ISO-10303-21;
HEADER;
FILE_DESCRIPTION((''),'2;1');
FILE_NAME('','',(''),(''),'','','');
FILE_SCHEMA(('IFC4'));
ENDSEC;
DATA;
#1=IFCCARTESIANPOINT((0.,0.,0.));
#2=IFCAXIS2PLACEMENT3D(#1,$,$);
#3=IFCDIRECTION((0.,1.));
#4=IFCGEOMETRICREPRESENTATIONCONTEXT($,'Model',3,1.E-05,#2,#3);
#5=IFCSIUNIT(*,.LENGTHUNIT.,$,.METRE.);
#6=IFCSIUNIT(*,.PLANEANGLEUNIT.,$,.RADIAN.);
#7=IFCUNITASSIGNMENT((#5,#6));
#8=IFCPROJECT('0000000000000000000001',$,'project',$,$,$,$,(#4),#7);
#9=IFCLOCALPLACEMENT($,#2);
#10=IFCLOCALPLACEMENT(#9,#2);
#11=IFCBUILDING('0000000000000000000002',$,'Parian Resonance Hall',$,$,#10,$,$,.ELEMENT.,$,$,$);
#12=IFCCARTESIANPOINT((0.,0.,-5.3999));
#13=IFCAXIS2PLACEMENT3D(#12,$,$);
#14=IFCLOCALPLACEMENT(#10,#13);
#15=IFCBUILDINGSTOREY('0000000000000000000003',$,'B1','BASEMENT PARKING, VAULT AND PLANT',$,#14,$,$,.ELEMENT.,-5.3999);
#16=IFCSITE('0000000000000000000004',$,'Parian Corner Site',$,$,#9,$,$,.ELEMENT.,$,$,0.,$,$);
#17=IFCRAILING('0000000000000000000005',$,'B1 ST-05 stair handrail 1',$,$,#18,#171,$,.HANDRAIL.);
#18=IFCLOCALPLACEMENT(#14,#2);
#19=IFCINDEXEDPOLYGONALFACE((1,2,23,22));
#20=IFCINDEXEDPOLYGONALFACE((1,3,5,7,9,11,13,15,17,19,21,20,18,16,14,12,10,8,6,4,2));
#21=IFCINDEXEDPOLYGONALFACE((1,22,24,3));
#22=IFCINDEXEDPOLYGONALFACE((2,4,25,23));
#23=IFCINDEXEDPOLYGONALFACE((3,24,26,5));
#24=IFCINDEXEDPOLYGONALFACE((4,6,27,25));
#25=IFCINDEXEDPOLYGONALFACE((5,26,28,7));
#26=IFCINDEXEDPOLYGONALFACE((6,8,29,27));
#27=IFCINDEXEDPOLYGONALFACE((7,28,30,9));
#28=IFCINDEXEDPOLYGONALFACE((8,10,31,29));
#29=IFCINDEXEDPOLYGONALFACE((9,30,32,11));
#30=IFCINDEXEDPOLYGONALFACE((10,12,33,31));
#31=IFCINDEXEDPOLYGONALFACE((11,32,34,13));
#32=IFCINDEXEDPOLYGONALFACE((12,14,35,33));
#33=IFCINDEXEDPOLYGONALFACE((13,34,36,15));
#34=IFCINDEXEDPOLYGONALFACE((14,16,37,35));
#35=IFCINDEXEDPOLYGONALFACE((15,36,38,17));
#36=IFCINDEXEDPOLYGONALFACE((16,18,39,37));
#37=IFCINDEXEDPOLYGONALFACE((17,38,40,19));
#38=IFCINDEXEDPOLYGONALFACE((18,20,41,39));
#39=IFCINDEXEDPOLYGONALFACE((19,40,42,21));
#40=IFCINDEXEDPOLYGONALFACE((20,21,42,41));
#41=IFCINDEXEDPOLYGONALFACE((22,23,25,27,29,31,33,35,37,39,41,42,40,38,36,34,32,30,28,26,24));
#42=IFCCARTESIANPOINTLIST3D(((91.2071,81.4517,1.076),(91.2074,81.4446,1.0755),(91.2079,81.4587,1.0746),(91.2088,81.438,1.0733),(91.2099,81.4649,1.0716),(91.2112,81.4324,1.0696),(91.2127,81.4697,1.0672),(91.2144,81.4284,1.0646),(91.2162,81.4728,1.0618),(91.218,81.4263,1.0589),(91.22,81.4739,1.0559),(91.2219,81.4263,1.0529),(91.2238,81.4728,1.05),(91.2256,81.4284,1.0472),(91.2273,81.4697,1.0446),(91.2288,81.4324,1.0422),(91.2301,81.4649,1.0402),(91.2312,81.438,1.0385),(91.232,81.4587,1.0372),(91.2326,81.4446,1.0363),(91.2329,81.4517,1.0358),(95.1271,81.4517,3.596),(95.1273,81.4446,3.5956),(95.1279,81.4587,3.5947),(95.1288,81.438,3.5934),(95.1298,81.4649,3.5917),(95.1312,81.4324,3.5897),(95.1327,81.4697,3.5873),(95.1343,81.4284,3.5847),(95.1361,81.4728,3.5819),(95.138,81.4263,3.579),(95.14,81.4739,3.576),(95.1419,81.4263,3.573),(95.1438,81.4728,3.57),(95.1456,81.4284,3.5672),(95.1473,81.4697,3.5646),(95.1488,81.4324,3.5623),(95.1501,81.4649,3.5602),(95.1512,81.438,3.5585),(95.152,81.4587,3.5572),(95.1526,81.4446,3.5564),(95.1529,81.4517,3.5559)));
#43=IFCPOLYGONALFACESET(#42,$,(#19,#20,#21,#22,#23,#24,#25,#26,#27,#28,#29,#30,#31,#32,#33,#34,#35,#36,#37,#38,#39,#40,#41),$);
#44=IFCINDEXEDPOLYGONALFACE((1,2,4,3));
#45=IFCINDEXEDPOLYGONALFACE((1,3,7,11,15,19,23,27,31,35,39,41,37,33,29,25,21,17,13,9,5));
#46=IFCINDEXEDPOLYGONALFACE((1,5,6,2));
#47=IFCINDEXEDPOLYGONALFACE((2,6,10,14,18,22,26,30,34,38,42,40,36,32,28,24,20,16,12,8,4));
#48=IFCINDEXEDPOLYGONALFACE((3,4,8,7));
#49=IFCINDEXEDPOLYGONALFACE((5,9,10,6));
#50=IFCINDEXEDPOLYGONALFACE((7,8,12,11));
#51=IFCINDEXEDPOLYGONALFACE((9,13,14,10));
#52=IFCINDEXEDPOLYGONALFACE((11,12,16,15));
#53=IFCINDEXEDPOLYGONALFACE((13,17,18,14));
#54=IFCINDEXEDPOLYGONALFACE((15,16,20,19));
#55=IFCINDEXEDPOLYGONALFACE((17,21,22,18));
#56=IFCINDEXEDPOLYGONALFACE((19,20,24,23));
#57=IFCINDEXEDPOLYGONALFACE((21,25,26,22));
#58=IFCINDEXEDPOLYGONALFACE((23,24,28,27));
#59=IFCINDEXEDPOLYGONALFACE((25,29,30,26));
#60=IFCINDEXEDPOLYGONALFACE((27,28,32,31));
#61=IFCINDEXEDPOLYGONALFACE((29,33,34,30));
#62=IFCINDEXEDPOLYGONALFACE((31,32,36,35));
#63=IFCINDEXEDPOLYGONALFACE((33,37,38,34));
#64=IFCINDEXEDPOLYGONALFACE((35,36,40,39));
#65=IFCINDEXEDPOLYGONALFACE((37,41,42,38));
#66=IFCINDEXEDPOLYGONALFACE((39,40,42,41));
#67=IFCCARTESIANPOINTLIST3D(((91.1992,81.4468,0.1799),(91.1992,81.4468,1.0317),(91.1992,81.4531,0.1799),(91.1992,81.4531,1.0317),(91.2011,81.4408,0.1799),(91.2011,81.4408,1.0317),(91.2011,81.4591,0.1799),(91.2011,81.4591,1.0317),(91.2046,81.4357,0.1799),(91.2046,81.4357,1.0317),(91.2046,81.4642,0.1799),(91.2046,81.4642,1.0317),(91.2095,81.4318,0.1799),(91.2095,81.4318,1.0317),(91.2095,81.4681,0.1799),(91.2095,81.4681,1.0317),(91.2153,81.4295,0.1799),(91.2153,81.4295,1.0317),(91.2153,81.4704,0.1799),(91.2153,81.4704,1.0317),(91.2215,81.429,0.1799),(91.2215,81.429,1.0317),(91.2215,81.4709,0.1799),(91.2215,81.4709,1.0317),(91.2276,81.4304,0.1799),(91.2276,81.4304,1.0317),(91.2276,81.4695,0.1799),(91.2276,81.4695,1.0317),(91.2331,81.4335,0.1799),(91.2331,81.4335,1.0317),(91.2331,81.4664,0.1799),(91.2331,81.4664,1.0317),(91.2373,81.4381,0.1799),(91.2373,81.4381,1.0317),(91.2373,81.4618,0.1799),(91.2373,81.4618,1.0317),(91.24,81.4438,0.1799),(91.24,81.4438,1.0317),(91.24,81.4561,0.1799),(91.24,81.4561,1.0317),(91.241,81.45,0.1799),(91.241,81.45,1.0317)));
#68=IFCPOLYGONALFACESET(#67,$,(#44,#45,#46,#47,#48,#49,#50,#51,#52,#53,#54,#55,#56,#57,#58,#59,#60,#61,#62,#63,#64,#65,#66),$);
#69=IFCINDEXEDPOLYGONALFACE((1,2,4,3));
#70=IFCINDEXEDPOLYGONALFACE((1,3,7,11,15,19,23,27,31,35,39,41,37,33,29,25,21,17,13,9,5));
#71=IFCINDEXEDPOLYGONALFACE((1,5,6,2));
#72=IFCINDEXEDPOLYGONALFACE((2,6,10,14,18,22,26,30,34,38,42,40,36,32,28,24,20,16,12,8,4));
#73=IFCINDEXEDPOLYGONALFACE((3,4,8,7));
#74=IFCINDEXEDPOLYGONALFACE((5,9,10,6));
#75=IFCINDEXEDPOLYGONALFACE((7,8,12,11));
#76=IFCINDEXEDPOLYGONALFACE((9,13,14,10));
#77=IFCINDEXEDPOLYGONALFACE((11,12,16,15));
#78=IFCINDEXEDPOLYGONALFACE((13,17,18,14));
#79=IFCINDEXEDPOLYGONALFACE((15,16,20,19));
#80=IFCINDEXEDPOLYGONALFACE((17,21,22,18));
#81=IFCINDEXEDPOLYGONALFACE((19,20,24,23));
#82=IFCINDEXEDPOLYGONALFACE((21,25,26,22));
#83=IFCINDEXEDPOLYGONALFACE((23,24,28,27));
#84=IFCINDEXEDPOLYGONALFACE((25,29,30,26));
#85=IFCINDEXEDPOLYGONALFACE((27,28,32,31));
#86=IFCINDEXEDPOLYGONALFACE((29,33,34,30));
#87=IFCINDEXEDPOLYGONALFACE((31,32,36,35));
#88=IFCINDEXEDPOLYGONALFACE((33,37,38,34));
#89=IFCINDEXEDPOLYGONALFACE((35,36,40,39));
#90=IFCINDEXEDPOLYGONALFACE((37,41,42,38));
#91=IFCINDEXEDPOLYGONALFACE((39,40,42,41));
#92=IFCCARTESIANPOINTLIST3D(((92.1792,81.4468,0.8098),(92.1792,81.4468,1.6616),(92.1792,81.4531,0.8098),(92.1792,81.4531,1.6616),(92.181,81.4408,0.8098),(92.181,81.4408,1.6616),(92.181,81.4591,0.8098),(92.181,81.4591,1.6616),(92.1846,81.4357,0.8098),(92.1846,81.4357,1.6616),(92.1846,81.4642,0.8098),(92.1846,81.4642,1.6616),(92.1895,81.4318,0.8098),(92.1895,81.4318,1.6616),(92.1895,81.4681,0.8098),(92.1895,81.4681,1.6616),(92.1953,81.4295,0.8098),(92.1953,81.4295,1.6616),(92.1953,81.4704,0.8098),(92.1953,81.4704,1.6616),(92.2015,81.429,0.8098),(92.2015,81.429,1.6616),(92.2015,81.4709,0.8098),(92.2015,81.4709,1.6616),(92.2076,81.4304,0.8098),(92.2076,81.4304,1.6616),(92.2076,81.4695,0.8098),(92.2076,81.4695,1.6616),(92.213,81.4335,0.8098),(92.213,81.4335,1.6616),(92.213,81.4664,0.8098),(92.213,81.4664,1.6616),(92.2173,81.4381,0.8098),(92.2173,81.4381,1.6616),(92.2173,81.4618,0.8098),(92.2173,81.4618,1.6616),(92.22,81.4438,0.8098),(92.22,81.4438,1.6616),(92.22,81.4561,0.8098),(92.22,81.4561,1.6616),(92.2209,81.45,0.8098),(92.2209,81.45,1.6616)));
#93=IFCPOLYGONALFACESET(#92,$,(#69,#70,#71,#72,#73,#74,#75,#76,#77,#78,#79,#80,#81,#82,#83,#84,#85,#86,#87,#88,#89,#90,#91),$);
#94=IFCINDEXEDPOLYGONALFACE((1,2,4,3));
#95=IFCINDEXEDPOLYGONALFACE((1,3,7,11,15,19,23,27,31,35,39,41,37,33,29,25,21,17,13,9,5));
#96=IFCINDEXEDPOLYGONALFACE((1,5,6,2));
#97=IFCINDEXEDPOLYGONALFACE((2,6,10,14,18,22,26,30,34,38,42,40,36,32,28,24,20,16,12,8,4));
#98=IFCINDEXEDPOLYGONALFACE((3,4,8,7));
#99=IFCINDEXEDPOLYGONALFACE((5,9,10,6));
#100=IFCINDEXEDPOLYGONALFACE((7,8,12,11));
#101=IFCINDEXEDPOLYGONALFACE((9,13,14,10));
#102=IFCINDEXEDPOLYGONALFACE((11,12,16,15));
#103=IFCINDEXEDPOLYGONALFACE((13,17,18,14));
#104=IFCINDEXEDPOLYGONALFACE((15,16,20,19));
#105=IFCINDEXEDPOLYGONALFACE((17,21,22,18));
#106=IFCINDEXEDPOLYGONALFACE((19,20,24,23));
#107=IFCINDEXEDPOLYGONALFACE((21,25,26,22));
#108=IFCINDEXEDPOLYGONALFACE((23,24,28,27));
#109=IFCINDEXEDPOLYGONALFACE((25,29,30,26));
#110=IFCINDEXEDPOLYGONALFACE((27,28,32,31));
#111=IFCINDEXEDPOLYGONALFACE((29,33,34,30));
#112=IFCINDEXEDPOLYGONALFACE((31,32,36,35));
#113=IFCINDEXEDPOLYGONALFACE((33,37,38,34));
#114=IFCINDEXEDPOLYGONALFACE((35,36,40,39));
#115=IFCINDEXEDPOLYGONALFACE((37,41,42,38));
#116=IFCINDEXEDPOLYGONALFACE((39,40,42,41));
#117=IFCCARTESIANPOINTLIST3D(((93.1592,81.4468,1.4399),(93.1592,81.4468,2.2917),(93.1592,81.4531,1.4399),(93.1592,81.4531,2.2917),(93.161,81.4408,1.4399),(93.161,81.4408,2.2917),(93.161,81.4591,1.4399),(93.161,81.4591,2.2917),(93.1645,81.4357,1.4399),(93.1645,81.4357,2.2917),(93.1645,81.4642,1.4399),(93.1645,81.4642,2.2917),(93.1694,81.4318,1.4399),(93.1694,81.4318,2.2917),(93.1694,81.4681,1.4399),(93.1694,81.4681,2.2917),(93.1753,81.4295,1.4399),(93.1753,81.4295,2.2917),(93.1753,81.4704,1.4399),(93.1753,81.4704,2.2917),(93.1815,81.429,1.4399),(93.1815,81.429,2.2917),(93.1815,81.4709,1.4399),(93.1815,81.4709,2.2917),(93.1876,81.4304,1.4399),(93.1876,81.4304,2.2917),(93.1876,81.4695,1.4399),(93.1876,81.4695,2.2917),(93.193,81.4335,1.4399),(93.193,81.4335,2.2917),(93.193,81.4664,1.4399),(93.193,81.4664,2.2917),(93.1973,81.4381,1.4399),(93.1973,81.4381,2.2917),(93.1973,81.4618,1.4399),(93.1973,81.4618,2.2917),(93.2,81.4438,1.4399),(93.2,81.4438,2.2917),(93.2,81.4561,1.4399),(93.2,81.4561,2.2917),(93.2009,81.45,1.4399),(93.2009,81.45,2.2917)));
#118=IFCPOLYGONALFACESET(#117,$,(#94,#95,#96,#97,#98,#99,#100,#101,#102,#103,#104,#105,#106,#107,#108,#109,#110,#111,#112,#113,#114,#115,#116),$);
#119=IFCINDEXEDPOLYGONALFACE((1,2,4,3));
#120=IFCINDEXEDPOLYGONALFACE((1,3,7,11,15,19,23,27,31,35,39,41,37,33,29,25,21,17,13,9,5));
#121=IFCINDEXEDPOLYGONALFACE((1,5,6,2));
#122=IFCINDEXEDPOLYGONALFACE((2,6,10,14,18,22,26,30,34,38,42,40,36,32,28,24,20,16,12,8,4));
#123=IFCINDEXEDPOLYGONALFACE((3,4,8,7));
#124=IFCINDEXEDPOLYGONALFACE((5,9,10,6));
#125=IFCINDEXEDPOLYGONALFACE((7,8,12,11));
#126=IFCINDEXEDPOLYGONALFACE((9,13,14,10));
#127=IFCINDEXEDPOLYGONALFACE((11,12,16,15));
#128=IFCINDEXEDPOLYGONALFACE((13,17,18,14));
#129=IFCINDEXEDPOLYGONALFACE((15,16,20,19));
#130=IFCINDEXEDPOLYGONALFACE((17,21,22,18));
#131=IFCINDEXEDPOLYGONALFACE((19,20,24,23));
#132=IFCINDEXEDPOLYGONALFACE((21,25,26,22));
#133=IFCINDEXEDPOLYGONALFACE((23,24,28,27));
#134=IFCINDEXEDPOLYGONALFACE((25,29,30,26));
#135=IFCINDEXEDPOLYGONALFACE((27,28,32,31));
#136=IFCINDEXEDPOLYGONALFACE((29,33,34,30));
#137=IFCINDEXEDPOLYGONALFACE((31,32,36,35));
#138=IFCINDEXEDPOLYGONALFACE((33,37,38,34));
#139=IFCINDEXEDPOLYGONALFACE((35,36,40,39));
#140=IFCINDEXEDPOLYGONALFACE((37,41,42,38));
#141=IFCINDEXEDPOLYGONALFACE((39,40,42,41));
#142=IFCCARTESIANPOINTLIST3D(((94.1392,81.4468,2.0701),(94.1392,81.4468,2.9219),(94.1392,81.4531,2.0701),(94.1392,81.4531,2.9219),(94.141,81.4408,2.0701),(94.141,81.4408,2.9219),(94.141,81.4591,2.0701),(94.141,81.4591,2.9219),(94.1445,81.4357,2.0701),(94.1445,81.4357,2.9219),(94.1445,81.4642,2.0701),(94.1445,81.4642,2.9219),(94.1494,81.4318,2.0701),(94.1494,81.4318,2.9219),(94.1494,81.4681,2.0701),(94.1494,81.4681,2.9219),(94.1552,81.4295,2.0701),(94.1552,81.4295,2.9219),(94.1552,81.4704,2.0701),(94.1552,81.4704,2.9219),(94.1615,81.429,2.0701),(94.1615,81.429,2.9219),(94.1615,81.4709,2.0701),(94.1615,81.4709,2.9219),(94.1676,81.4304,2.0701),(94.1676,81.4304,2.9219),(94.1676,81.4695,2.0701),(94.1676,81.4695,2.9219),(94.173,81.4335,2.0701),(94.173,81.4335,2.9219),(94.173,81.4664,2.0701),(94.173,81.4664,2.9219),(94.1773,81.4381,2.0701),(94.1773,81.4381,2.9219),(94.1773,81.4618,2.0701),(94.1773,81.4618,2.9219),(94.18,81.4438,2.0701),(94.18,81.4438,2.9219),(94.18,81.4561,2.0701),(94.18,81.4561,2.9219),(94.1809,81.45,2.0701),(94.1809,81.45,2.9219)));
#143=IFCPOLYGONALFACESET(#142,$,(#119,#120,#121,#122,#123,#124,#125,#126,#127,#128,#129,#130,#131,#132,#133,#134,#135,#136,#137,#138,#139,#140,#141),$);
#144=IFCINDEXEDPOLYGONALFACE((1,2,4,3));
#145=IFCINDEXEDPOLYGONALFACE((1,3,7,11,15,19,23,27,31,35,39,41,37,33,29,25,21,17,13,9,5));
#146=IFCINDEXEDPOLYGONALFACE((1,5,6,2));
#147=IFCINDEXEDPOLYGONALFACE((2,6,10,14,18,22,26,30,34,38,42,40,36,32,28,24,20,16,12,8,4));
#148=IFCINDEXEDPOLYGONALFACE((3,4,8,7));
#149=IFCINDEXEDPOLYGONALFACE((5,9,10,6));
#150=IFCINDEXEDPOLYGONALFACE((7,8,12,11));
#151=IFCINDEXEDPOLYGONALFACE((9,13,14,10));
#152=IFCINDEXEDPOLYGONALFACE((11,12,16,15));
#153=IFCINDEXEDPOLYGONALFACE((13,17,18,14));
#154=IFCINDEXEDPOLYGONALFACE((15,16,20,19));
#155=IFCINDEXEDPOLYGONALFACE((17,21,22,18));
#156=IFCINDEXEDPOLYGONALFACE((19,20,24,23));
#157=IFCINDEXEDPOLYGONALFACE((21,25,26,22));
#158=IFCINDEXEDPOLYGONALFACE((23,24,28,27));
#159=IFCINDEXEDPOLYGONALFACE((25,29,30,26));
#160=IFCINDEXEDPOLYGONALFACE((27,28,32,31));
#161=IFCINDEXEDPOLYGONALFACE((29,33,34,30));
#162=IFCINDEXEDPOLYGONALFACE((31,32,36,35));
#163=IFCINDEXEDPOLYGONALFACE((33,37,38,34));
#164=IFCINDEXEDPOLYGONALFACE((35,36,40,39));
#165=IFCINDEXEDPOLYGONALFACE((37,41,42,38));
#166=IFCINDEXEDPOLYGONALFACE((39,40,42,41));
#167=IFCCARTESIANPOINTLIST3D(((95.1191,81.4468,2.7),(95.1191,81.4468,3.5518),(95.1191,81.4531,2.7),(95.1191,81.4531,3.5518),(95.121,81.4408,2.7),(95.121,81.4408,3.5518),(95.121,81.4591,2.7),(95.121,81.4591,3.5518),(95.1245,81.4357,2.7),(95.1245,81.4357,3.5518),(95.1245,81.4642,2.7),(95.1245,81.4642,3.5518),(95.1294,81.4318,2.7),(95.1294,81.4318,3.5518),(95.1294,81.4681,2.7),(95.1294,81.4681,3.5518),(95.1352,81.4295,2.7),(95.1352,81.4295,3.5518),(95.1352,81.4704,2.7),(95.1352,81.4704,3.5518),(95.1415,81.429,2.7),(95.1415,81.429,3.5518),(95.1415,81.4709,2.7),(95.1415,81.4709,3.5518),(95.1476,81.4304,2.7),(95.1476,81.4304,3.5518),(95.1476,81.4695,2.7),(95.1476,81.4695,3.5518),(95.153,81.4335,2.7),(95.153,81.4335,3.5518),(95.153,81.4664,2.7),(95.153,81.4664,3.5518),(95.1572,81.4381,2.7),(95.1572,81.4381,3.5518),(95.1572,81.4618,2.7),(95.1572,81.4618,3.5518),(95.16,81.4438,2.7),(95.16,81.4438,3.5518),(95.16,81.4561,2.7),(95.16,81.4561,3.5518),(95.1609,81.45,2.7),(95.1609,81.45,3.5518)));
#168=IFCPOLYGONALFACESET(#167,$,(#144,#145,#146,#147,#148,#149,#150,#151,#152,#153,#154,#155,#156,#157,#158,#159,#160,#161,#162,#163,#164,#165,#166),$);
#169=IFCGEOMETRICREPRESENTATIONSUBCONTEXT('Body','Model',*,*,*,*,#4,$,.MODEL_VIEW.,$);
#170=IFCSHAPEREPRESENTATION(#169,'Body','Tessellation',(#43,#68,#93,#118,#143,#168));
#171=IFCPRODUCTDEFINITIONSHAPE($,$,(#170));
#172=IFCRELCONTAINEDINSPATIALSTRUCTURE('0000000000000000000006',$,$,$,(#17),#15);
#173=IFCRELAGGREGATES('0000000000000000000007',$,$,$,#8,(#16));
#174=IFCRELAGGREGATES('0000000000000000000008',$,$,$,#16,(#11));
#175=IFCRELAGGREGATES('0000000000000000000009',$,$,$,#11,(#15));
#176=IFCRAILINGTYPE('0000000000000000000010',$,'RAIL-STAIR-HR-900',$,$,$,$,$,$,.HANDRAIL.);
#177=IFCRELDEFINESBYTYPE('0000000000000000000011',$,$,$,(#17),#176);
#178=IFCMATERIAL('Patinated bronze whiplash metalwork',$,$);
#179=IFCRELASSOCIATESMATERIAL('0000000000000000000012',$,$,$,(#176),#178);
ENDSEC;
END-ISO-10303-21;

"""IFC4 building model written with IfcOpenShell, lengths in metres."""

from ifc_helpers import new_model, si_unit, direction, frame, origin, origin_2d, place, context, subcontext, project, spatial, circle, extrude, material, type_object, element, save


model = new_model("IFC4")

# Units and contexts
model_context = context("Model", 3, precision=1e-05, world=origin(), true_north=direction((0.0, 1.0)))
body_context = subcontext(model_context, "Body", "Model", "MODEL_VIEW")
ifc_project = project(units=[si_unit("LENGTHUNIT", "METRE"), si_unit("PLANEANGLEUNIT", "RADIAN")], contexts=[model_context])

# Site, building, storey
site_placement = place(None, origin())
site = spatial("IfcSite", under=ifc_project, at=site_placement, Name="Parian Corner Site", CompositionType="ELEMENT", RefElevation=0.0)
building_placement = place(site_placement, origin())
building = spatial("IfcBuilding", under=site, at=building_placement, Name="Parian Resonance Hall", CompositionType="ELEMENT")
storey_placement = place(building_placement, frame((0.0, 0.0, -5.3999)))
storey = spatial("IfcBuildingStorey", under=building, at=storey_placement, Name="B1", Description="BASEMENT PARKING, VAULT AND PLANT", CompositionType="ELEMENT", Elevation=-5.3999)

# Railing
ifc_material_1 = material(Name="Patinated bronze whiplash metalwork")
railing_type_1 = type_object("IfcRailingType", Name="RAIL-STAIR-HR-900", PredefinedType="HANDRAIL", material=ifc_material_1)
railing_1_placement = place(storey_placement, frame((91.22, 81.45, 0.1799)))
element("IfcRailing", 1, at=railing_1_placement, inside=storey, type_object=railing_type_1, Name="B1 ST-05 stair handrail 1", PredefinedType="HANDRAIL", context=body_context, shape_type="SweptSolid", body=[
    extrude(circle(Radius=0.0239, at=origin_2d()), frame((0.0, 0.0, 0.876), z_axis=(0.841172, 0.0, 0.540768), x_axis=(0.0, 1.0, 0.0)), (0.0, 0.0, 1.0), 4.6602),
    extrude(circle(Radius=0.021, at=origin_2d()), origin(), (0.0, 0.0, 1.0), 0.8518),
    extrude(circle(Radius=0.021, at=origin_2d()), frame((0.98, 0.0, 0.6299)), (0.0, 0.0, 1.0), 0.8518),
    extrude(circle(Radius=0.021, at=origin_2d()), frame((1.96, 0.0, 1.26)), (0.0, 0.0, 1.0), 0.8518),
    extrude(circle(Radius=0.021, at=origin_2d()), frame((2.9399, 0.0, 1.8901)), (0.0, 0.0, 1.0), 0.8518),
    extrude(circle(Radius=0.021, at=origin_2d()), frame((3.9199, 0.0, 2.52)), (0.0, 0.0, 1.0), 0.8518),
])

save(model, "model.ifc")
